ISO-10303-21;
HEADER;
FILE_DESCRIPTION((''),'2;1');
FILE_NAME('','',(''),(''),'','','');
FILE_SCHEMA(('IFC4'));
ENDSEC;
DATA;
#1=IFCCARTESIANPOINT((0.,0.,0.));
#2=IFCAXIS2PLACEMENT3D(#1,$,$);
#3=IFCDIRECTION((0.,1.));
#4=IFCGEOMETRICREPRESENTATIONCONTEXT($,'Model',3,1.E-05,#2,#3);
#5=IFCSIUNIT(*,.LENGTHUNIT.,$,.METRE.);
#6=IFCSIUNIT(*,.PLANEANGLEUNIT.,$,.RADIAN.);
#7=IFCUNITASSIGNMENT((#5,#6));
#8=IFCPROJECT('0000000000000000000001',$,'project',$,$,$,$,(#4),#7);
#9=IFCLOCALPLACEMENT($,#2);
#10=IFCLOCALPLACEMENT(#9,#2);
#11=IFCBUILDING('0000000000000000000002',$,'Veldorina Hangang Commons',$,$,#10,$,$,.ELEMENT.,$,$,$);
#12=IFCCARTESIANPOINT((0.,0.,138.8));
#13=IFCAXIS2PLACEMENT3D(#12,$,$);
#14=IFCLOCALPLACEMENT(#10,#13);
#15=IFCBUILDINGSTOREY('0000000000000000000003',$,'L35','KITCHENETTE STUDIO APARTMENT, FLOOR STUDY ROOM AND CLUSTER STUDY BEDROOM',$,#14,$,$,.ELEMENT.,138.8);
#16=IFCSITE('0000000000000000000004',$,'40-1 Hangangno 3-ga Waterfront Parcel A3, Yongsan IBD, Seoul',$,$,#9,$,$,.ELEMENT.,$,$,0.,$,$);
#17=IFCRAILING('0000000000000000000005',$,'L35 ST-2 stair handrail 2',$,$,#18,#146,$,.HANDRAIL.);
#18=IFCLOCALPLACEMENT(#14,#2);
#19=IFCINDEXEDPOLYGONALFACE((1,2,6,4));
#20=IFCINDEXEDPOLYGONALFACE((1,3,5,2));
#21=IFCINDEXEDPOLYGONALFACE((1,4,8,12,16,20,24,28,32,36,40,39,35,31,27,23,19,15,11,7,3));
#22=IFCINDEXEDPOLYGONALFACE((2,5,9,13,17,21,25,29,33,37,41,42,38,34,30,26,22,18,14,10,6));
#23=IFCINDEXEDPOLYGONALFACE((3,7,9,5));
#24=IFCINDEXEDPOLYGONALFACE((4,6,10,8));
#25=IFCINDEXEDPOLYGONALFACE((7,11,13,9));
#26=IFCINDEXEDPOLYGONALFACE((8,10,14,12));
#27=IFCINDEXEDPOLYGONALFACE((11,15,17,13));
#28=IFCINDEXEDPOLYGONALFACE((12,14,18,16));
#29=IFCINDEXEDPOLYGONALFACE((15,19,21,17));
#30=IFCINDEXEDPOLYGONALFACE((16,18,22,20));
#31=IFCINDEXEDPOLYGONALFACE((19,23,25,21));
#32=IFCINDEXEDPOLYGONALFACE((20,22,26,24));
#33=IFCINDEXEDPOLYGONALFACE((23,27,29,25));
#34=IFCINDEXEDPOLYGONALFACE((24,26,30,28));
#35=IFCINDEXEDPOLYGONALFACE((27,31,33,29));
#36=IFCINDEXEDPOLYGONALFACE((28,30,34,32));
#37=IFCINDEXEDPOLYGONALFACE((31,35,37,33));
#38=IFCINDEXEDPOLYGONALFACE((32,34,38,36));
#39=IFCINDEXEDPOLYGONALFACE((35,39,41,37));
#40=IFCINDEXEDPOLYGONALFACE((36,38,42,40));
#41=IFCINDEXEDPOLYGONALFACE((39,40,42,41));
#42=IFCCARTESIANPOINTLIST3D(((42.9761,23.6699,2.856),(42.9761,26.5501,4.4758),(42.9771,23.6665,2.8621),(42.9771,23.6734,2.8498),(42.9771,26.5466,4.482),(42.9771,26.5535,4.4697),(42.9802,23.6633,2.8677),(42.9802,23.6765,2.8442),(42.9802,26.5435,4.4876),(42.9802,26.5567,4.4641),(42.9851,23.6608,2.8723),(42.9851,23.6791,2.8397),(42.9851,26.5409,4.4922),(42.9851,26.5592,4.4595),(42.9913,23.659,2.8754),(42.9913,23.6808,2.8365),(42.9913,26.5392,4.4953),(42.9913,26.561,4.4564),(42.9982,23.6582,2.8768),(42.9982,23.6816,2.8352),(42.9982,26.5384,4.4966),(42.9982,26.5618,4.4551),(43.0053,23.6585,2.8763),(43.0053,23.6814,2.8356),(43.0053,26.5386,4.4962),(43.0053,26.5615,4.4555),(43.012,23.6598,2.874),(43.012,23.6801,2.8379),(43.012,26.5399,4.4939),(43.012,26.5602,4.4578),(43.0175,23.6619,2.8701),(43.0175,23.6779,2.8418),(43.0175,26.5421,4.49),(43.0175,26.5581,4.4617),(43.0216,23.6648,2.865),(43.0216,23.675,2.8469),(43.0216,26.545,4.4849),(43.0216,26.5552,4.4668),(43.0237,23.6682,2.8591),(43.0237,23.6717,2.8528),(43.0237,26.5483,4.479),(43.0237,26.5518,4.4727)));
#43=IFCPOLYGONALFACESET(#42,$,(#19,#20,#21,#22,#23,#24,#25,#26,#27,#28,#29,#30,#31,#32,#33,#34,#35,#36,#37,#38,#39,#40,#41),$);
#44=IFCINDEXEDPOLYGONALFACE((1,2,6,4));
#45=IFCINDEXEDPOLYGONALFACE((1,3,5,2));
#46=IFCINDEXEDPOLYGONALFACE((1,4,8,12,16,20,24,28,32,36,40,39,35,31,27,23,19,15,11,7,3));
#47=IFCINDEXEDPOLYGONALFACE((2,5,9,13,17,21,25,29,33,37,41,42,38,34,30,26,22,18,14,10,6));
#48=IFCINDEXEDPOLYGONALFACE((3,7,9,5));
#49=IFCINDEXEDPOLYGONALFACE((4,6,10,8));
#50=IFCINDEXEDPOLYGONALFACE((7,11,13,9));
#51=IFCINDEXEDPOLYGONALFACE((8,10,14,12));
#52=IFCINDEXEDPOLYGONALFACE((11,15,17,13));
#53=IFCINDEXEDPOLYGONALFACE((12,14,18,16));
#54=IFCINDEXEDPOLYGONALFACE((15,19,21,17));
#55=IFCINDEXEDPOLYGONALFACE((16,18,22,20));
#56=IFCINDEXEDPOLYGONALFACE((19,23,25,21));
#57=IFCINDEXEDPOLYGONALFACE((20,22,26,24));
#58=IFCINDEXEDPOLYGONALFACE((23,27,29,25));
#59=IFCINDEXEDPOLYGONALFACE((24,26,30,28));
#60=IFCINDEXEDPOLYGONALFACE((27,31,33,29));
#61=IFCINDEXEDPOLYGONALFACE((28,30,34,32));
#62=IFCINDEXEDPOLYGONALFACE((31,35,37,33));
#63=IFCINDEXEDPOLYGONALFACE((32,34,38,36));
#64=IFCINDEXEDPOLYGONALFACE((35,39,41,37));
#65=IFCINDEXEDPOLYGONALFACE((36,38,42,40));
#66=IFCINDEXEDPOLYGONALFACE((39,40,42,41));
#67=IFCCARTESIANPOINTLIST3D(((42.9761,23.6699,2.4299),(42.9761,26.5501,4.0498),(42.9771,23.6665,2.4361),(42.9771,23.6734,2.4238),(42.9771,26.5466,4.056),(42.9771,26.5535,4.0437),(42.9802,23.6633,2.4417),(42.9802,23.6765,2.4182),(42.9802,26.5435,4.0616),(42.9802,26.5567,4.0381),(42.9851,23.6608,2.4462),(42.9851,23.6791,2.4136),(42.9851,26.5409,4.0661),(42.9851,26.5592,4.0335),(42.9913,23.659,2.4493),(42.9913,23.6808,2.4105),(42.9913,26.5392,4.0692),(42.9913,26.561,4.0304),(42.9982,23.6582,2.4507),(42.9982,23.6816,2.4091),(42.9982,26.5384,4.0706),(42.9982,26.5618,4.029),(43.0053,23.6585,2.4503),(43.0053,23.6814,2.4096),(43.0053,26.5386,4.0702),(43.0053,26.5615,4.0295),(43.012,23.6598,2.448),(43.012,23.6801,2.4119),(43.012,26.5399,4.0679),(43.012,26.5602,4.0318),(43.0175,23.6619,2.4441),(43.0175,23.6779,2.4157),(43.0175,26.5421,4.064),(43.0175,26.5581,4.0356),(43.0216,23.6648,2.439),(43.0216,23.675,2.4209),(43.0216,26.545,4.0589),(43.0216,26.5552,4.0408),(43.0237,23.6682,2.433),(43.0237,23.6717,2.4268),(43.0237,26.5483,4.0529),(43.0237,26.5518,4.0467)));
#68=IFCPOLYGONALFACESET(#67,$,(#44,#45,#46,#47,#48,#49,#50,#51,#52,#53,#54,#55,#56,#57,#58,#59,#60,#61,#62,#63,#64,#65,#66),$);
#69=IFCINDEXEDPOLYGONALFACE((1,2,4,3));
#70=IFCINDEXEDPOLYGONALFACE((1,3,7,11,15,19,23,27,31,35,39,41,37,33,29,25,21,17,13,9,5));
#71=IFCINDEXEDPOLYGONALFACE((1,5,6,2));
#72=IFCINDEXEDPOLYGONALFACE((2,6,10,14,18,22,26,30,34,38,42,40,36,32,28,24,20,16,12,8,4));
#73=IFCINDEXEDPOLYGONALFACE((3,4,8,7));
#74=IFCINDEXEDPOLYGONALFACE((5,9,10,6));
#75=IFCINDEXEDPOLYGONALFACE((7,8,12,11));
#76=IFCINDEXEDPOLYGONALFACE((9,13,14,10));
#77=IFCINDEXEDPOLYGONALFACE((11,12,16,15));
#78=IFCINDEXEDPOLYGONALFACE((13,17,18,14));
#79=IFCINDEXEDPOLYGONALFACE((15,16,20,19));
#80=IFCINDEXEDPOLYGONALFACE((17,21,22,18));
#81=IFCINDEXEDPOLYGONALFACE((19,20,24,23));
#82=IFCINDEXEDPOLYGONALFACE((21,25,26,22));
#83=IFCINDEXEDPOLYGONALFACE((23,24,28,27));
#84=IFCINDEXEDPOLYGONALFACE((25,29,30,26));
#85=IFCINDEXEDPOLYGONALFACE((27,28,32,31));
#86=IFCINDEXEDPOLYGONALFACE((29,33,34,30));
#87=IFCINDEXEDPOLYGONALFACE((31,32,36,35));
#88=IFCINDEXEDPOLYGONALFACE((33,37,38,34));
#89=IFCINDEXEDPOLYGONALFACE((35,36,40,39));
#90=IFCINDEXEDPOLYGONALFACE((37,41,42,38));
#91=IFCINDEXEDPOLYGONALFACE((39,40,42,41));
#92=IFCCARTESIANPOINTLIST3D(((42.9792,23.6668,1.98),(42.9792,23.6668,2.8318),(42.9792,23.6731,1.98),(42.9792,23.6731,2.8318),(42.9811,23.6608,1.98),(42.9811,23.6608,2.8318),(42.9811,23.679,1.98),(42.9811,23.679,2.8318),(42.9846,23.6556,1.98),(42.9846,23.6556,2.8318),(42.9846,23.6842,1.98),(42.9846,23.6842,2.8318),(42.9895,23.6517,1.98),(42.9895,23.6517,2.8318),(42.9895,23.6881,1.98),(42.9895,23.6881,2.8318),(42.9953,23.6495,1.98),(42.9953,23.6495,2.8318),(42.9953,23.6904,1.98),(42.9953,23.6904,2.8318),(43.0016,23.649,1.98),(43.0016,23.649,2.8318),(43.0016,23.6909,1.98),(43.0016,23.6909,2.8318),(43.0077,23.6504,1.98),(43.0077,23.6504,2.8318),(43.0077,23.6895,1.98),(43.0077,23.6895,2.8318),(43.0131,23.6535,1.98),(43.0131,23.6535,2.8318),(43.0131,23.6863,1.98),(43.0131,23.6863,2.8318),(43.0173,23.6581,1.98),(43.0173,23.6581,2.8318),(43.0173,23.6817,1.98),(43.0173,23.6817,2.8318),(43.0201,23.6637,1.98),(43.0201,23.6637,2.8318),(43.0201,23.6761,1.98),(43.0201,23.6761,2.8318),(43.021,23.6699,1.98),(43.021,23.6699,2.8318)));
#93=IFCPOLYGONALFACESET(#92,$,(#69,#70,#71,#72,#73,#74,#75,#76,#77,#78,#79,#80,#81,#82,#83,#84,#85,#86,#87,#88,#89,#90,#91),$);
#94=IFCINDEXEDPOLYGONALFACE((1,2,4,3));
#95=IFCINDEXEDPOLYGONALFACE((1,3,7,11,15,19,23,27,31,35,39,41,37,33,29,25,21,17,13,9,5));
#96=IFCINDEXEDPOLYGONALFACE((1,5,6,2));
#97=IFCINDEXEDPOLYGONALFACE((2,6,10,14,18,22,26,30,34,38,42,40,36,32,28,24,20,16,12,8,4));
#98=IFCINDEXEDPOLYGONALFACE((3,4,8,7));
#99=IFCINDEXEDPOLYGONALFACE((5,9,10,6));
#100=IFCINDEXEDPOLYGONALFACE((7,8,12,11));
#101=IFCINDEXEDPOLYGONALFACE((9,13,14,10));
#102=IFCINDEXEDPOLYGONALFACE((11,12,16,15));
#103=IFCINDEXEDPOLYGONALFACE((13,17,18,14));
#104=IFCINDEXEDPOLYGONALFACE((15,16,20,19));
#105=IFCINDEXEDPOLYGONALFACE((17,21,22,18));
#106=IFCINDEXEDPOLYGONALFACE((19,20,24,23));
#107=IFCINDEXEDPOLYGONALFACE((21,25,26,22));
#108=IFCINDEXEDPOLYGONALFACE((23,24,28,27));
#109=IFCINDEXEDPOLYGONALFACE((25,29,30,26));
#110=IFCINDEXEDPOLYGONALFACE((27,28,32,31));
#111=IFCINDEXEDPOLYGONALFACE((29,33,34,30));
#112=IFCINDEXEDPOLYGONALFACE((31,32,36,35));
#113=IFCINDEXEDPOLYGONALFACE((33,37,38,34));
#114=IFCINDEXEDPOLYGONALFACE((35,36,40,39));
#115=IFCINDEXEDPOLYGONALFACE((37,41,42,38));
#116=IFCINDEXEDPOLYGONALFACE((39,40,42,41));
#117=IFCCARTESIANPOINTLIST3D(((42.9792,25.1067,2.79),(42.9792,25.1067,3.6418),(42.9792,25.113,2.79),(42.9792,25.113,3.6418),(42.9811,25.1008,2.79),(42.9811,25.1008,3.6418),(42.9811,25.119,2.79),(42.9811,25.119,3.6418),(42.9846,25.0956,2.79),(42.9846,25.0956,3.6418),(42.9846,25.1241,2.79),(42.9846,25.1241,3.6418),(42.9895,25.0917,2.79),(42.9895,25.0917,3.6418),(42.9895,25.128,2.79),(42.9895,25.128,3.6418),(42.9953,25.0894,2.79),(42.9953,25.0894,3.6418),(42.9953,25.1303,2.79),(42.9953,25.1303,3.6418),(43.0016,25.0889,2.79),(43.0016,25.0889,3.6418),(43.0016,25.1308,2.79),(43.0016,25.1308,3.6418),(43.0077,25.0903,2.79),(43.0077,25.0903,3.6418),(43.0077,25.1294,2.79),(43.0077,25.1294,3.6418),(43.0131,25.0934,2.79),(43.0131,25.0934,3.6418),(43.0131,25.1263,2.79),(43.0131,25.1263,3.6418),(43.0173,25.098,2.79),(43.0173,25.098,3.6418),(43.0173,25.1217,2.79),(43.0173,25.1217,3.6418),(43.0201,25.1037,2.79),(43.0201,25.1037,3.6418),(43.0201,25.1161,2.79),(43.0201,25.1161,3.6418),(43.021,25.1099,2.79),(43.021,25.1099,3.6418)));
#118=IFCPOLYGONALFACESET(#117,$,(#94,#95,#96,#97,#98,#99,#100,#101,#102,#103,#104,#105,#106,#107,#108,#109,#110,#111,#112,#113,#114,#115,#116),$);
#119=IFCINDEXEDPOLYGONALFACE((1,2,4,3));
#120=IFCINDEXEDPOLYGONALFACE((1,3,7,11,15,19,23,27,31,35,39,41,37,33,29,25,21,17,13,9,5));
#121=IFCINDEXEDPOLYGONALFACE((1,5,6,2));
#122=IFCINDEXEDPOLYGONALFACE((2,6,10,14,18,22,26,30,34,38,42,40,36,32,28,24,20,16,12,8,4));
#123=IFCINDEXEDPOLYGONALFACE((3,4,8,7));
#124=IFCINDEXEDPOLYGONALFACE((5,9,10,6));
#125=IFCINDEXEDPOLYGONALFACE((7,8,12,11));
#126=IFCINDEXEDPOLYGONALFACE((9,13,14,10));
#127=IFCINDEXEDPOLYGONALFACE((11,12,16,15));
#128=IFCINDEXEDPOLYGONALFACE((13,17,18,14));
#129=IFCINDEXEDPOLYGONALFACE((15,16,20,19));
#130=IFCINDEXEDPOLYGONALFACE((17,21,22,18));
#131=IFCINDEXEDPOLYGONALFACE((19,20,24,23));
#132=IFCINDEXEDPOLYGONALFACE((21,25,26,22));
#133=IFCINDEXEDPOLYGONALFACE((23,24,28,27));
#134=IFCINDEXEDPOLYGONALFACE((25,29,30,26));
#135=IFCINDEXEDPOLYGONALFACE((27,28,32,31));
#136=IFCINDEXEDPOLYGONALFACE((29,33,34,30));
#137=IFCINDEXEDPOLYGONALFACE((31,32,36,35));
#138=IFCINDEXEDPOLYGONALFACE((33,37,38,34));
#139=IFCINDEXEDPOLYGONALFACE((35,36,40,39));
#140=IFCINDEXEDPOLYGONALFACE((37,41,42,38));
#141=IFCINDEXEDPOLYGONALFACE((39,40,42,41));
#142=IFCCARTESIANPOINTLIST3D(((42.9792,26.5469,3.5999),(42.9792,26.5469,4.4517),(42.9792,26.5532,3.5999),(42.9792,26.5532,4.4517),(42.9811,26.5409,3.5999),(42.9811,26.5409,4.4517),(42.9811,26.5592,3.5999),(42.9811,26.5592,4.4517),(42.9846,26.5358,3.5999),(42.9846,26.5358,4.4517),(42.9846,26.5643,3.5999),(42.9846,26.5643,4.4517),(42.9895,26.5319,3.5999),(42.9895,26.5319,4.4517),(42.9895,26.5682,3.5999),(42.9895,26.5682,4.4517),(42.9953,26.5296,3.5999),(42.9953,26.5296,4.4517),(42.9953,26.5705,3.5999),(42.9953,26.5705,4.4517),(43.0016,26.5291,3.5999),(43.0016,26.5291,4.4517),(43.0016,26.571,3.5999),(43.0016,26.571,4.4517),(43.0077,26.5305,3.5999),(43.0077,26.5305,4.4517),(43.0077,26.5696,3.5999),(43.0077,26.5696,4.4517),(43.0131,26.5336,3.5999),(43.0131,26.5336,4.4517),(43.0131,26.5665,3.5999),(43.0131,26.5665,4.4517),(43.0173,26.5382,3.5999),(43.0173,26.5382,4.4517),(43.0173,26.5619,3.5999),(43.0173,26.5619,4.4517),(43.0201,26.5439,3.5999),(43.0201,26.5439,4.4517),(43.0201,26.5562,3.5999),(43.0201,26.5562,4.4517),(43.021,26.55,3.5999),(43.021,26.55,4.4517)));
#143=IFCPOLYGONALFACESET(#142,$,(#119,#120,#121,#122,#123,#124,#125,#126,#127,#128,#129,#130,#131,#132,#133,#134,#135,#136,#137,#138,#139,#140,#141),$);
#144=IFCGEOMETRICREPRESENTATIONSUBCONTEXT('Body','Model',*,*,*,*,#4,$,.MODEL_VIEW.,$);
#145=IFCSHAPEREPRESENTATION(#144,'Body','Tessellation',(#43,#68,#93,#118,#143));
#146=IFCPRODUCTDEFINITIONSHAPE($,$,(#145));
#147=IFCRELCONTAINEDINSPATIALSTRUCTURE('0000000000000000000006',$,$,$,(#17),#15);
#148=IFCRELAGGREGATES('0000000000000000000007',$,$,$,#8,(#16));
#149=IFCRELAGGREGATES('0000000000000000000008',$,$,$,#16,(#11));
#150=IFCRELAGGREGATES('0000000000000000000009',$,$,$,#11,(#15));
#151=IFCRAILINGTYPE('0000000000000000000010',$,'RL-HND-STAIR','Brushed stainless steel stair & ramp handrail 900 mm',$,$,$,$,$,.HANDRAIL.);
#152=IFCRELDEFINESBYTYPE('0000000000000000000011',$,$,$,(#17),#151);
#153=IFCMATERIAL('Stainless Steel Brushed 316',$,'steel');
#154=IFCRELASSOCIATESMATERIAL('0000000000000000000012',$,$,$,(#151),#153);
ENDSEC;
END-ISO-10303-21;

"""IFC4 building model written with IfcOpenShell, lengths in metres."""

from ifc_helpers import new_model, si_unit, direction, frame, origin, origin_2d, place, context, subcontext, project, spatial, circle, extrude, material, type_object, element, save


model = new_model("IFC4")

# Units and contexts
model_context = context("Model", 3, precision=1e-05, world=origin(), true_north=direction((0.0, 1.0)))
body_context = subcontext(model_context, "Body", "Model", "MODEL_VIEW")
ifc_project = project(units=[si_unit("LENGTHUNIT", "METRE"), si_unit("PLANEANGLEUNIT", "RADIAN")], contexts=[model_context])

# Site, building, storey
site_placement = place(None, origin())
site = spatial("IfcSite", under=ifc_project, at=site_placement, Name="40-1 Hangangno 3-ga Waterfront Parcel A3, Yongsan IBD, Seoul", CompositionType="ELEMENT", RefElevation=0.0)
building_placement = place(site_placement, origin())
building = spatial("IfcBuilding", under=site, at=building_placement, Name="Veldorina Hangang Commons", CompositionType="ELEMENT")
storey_placement = place(building_placement, frame((0.0, 0.0, 138.8)))
storey = spatial("IfcBuildingStorey", under=building, at=storey_placement, Name="L35", Description="KITCHENETTE STUDIO APARTMENT, FLOOR STUDY ROOM AND CLUSTER STUDY BEDROOM", CompositionType="ELEMENT", Elevation=138.8)

# Railing
ifc_material_1 = material(Name="Stainless Steel Brushed 316", Category="steel")
railing_type_1 = type_object("IfcRailingType", Name="RL-HND-STAIR", Description="Brushed stainless steel stair & ramp handrail 900 mm", PredefinedType="HANDRAIL", material=ifc_material_1)
railing_1_placement = place(storey_placement, frame((43.0, 23.6699, 1.98)))
element("IfcRailing", 1, at=railing_1_placement, inside=storey, type_object=railing_type_1, Name="L35 ST-2 stair handrail 2", PredefinedType="HANDRAIL", context=body_context, shape_type="SweptSolid", body=[
    extrude(circle(Radius=0.0239, at=origin_2d()), frame((0.0, 0.0, 0.876), z_axis=(0.0, 0.871601, 0.490216), x_axis=(-1.0, 0.0, 0.0)), (0.0, 0.0, 1.0), 3.3044),
    extrude(circle(Radius=0.0239, at=origin_2d()), frame((0.0, 0.0, 0.45), z_axis=(0.0, 0.871601, 0.490216), x_axis=(-1.0, 0.0, 0.0)), (0.0, 0.0, 1.0), 3.3044),
    extrude(circle(Radius=0.021, at=origin_2d()), origin(), (0.0, 0.0, 1.0), 0.8518),
    extrude(circle(Radius=0.021, at=origin_2d()), frame((0.0, 1.4399, 0.8101)), (0.0, 0.0, 1.0), 0.8518),
    extrude(circle(Radius=0.021, at=origin_2d()), frame((0.0, 2.8801, 1.6199)), (0.0, 0.0, 1.0), 0.8518),
])

save(model, "model.ifc")
